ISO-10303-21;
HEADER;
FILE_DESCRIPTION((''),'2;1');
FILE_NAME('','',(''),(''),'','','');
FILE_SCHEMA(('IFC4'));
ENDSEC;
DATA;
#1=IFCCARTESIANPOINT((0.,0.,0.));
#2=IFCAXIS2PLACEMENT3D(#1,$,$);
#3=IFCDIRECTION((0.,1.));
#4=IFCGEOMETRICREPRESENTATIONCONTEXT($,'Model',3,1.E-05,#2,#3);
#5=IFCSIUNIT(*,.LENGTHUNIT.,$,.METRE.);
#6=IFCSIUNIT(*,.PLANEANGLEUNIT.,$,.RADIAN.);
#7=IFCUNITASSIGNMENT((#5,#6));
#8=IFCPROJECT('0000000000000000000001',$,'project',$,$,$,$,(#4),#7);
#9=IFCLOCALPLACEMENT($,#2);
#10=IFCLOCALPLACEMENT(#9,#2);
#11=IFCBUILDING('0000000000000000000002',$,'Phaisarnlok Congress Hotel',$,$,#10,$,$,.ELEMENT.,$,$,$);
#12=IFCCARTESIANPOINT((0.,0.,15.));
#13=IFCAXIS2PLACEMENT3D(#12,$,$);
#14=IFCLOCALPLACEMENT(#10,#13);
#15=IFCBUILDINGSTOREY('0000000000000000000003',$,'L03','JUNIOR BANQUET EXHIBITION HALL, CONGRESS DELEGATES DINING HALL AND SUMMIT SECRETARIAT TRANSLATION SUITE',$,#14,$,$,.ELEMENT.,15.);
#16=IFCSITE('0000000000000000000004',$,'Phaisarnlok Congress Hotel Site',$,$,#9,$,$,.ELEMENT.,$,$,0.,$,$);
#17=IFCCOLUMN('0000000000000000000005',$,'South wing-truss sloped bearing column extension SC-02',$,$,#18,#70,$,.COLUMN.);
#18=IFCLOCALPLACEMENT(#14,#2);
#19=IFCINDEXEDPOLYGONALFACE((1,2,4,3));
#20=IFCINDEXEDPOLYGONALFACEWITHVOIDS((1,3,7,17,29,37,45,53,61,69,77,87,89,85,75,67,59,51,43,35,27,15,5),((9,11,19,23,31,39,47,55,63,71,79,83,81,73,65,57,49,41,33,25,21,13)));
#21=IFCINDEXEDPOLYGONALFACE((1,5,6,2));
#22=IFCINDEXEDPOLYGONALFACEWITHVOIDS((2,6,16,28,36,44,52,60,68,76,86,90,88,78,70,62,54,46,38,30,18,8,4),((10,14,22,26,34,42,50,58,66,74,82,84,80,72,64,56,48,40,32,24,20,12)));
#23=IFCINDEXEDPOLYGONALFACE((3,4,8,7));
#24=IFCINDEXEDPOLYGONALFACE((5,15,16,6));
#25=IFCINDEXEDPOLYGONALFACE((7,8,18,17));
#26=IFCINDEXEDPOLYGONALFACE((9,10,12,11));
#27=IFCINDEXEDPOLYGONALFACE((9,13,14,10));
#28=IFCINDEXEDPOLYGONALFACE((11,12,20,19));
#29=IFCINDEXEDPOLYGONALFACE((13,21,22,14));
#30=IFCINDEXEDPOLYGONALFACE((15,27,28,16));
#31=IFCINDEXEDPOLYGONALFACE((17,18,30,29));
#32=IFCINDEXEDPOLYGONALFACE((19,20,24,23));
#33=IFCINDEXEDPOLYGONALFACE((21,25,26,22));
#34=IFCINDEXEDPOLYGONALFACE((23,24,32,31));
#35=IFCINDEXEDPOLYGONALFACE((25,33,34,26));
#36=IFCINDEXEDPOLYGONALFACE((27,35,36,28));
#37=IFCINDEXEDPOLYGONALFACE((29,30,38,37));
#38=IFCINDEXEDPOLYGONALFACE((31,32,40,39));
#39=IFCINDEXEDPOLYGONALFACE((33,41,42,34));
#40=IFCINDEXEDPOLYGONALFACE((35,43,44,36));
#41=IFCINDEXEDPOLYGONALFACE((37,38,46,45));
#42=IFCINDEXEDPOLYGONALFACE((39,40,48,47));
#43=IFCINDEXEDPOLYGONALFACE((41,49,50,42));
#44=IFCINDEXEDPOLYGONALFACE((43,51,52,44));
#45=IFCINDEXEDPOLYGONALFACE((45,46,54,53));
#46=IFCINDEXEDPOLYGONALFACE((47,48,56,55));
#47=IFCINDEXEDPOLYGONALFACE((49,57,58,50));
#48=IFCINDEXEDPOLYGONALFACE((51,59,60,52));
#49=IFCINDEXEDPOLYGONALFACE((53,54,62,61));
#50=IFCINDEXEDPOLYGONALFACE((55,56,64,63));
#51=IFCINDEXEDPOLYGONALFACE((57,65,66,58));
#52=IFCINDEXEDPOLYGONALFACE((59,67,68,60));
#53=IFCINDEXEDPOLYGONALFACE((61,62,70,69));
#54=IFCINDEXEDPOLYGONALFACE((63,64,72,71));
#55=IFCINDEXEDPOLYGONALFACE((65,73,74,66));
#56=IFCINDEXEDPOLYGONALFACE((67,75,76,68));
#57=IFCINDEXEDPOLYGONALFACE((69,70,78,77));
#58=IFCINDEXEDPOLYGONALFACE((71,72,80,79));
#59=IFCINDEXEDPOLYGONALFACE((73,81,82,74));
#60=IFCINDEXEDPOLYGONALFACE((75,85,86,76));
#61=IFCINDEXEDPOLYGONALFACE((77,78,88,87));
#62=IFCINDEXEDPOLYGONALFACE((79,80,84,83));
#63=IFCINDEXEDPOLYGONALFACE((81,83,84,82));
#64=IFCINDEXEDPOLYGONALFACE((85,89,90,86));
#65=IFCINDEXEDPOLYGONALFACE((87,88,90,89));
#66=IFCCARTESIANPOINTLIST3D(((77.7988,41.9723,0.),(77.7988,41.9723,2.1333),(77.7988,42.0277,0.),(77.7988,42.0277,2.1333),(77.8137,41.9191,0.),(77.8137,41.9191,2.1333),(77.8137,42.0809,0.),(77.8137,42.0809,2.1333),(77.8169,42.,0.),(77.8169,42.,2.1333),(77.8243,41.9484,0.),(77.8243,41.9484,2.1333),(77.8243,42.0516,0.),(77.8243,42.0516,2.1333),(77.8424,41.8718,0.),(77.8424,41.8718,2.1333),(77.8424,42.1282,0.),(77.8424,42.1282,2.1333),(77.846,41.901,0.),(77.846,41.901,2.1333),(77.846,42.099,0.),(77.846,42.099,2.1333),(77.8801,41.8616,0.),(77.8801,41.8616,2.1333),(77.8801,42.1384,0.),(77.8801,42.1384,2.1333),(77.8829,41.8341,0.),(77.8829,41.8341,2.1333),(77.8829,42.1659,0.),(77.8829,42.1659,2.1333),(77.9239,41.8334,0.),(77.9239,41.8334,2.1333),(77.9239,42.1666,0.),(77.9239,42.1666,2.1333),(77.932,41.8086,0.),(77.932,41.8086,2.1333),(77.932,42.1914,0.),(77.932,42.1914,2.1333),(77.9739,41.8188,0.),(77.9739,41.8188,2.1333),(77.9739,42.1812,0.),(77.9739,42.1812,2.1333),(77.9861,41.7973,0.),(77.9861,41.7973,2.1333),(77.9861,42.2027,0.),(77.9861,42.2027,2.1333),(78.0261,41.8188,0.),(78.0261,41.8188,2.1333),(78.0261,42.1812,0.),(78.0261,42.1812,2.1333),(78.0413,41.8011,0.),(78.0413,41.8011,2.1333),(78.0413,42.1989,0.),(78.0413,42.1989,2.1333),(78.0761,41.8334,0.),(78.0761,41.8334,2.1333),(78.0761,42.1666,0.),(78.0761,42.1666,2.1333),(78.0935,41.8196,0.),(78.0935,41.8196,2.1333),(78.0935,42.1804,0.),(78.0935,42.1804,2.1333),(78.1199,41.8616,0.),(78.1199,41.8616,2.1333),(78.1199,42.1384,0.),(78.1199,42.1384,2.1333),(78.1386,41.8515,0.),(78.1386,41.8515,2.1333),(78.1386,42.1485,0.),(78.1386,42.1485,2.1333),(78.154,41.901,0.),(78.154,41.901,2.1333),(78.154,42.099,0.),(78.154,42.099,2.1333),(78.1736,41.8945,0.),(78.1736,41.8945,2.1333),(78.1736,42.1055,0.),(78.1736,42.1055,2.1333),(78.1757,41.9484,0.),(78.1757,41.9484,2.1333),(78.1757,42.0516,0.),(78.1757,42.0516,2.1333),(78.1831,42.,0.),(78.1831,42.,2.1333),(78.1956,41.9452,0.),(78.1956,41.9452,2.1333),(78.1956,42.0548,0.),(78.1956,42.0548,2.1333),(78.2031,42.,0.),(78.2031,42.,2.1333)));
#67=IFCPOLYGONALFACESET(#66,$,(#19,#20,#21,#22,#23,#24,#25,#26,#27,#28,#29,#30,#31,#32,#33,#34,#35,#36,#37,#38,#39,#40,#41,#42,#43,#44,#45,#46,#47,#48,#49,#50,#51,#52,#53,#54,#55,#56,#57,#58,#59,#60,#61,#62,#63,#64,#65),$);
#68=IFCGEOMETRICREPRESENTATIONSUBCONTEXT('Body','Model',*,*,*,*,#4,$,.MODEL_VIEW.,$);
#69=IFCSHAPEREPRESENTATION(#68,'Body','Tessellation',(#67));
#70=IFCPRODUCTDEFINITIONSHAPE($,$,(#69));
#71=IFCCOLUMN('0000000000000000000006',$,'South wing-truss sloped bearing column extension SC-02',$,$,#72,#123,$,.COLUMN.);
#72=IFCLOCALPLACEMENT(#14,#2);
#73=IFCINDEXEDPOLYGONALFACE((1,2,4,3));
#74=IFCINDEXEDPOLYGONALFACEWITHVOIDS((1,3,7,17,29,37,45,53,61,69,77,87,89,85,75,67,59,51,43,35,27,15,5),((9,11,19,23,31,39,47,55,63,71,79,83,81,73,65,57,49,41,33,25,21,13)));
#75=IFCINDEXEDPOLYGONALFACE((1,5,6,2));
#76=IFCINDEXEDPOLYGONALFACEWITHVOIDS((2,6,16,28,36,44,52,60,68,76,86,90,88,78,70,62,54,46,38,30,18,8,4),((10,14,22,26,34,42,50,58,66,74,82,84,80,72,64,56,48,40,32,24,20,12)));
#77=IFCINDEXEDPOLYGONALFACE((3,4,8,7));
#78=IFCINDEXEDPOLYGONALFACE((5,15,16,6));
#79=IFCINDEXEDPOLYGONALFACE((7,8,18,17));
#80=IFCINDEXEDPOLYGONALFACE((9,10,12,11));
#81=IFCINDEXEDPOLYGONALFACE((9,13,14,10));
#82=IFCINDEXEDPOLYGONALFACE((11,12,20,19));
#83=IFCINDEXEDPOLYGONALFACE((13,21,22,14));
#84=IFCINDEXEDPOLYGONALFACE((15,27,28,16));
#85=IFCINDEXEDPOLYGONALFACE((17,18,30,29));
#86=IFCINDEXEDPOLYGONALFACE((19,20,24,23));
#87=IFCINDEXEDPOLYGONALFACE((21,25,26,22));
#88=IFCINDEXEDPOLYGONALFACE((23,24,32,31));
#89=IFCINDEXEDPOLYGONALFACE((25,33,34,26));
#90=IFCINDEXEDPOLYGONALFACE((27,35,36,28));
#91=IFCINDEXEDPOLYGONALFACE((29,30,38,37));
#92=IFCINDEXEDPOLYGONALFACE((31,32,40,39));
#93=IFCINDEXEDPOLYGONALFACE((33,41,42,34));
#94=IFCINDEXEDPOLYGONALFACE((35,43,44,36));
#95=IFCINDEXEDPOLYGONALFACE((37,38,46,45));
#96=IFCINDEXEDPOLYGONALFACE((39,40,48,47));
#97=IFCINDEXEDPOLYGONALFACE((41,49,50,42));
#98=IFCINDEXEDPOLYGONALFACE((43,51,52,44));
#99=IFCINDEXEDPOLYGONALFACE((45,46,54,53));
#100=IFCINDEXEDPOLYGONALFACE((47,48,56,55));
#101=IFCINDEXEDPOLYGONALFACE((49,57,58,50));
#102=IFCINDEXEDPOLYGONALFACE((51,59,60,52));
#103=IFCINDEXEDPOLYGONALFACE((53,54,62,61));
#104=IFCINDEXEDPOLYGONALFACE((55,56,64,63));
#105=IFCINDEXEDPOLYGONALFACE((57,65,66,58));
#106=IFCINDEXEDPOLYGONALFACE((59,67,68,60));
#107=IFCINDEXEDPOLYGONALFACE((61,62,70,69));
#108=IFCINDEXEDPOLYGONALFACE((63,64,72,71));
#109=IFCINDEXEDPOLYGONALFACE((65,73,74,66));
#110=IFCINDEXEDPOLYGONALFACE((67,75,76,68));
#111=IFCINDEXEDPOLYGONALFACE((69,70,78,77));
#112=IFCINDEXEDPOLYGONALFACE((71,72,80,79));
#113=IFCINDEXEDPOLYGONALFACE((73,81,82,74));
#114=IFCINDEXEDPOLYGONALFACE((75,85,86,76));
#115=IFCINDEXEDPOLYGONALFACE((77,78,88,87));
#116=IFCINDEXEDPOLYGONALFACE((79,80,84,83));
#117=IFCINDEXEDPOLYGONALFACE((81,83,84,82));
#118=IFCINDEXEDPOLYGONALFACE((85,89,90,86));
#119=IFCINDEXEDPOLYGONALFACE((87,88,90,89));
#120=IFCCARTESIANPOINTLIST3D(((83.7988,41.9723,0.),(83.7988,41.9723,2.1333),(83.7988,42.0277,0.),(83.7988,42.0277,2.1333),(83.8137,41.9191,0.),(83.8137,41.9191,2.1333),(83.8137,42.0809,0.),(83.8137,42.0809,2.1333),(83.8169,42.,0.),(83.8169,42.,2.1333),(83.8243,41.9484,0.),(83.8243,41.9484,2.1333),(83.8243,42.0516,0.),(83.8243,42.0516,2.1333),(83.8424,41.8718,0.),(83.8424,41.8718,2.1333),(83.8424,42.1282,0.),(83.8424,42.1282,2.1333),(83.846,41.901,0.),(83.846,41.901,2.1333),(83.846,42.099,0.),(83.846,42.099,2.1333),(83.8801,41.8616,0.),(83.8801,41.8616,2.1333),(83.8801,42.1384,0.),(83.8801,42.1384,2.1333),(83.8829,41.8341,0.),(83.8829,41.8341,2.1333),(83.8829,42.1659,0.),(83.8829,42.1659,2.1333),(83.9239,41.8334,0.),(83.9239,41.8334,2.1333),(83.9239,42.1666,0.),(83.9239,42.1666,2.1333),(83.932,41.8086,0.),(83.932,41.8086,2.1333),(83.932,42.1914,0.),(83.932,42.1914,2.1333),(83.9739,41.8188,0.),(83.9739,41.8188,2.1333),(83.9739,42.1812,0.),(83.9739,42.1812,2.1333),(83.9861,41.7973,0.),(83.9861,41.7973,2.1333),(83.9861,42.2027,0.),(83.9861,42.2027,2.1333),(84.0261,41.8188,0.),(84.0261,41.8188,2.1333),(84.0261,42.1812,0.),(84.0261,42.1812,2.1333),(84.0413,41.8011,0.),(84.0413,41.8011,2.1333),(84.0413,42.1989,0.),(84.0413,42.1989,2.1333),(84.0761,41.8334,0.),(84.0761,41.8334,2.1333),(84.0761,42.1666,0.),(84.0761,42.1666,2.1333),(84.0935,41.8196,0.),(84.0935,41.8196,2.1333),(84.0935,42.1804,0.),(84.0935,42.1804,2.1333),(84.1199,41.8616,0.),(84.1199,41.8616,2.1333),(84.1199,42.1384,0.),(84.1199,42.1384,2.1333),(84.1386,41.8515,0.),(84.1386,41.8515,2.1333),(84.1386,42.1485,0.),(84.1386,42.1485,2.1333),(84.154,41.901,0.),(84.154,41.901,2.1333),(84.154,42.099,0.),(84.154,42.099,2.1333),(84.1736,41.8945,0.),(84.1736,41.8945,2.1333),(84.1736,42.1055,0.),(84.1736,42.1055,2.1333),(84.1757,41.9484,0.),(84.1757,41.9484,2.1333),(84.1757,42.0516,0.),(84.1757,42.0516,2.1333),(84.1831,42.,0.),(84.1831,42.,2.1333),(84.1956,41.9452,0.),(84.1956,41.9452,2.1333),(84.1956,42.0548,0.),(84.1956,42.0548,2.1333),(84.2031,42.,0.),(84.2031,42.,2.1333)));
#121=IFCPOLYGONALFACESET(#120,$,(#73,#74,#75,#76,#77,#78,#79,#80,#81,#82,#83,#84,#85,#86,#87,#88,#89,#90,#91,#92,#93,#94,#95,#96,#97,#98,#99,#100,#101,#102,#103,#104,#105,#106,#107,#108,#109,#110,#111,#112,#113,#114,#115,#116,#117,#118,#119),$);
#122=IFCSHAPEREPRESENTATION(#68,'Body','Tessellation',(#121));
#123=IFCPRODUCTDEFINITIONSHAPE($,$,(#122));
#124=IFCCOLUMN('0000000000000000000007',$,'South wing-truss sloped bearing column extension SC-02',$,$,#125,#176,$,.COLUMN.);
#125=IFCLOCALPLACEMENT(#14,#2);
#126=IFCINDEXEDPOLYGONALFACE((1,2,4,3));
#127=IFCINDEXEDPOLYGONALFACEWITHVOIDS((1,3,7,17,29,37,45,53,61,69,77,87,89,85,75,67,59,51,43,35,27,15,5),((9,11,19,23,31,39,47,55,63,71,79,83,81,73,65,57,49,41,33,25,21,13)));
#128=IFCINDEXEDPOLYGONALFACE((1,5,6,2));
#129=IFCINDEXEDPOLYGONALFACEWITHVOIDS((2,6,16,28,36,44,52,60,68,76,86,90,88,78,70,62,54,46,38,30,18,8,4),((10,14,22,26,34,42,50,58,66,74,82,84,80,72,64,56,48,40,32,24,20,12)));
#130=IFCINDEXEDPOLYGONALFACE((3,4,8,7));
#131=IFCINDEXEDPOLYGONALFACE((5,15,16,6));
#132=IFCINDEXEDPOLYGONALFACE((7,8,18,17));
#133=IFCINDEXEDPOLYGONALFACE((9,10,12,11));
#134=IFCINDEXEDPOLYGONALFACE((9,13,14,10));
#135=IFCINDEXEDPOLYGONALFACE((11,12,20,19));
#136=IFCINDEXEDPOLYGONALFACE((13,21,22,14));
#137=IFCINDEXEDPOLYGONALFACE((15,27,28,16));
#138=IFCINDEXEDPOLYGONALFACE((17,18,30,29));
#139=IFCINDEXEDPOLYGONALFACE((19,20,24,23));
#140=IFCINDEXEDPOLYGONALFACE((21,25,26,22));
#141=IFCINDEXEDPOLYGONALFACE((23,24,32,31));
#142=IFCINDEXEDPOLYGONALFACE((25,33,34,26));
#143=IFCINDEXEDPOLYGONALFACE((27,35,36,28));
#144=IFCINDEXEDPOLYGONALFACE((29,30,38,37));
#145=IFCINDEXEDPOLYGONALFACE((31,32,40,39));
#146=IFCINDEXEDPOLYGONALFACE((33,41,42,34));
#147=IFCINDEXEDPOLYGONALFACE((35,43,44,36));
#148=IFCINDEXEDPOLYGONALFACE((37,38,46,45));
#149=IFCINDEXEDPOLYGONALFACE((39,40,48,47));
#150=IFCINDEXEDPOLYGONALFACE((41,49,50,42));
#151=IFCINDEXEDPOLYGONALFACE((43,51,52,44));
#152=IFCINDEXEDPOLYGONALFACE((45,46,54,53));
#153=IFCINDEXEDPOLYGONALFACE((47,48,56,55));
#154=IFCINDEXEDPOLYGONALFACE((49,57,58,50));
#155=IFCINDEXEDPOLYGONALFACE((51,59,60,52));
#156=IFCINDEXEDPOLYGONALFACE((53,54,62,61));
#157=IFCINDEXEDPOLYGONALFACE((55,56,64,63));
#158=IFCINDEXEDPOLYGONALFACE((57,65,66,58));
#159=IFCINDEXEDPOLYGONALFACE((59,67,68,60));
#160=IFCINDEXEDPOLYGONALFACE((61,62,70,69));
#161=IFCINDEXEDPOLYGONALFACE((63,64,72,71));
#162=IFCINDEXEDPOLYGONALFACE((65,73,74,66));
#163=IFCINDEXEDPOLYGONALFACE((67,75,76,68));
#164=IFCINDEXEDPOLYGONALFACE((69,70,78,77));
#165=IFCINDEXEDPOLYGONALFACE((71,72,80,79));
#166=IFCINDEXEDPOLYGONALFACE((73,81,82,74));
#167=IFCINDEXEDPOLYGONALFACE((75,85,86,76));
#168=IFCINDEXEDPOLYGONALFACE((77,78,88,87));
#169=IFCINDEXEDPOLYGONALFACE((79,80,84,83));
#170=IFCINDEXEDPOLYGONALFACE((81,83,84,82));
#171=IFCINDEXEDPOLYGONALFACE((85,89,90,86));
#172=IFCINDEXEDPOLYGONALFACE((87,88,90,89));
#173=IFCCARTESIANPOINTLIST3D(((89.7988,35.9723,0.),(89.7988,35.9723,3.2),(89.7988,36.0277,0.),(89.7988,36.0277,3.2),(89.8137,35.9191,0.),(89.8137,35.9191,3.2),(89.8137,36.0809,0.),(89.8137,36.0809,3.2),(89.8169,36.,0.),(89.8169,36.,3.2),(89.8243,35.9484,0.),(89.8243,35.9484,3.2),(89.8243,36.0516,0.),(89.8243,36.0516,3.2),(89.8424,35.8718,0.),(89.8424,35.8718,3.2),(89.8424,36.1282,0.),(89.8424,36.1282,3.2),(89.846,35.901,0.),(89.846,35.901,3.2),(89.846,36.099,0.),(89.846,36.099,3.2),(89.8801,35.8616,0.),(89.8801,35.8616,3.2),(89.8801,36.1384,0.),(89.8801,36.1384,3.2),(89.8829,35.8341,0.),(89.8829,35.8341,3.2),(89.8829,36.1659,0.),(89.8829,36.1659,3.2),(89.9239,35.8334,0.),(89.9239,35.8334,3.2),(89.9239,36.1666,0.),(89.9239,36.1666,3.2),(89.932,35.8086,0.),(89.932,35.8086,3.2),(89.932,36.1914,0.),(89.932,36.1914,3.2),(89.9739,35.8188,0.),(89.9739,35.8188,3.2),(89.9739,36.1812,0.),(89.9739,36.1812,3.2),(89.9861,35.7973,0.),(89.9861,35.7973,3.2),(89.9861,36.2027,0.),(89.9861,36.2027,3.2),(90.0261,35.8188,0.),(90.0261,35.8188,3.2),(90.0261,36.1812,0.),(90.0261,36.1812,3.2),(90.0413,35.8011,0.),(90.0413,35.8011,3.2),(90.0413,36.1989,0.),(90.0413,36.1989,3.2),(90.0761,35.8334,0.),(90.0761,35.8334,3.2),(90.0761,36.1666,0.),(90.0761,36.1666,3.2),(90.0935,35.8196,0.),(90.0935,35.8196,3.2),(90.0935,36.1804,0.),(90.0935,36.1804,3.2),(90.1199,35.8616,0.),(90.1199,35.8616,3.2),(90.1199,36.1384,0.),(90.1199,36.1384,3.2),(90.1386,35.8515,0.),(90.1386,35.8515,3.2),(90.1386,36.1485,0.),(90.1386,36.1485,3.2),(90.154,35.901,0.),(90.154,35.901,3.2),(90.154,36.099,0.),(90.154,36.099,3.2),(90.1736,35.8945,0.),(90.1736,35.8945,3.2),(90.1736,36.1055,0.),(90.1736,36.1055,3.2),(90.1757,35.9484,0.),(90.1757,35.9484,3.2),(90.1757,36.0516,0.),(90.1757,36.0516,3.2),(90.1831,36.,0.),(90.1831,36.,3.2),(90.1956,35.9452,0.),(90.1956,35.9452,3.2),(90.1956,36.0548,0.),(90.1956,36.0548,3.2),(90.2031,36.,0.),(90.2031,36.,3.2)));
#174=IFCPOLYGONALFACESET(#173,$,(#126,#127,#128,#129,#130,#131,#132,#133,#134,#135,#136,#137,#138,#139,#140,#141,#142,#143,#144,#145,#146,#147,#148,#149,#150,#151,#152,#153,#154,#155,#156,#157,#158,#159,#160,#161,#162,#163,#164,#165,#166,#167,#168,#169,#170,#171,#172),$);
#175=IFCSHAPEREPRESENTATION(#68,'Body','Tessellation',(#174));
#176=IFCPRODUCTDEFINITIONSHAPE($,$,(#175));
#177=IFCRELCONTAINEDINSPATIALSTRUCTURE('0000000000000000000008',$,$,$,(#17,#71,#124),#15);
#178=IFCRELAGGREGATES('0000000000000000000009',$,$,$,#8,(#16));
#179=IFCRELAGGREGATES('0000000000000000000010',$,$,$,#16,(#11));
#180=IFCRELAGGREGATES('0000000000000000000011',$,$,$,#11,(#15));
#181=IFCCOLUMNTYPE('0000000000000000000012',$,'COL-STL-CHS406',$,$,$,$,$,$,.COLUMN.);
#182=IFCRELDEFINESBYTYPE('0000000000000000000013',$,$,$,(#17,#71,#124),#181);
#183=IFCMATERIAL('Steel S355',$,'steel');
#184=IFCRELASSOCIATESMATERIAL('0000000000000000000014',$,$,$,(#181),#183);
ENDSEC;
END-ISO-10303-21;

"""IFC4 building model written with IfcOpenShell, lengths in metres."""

from ifc_helpers import new_model, si_unit, direction, frame, origin, origin_2d, place, context, subcontext, project, spatial, hollow_circle, extrude, material, material_profile, profile_set, type_object, element, save


model = new_model("IFC4")

# Units and contexts
model_context = context("Model", 3, precision=1e-05, world=origin(), true_north=direction((0.0, 1.0)))
body_context = subcontext(model_context, "Body", "Model", "MODEL_VIEW")
ifc_project = project(units=[si_unit("LENGTHUNIT", "METRE"), si_unit("PLANEANGLEUNIT", "RADIAN")], contexts=[model_context])

# Site, building, storey
site_placement = place(None, origin())
site = spatial("IfcSite", under=ifc_project, at=site_placement, Name="Phaisarnlok Congress Hotel Site", CompositionType="ELEMENT", RefElevation=0.0)
building_placement = place(site_placement, origin())
building = spatial("IfcBuilding", under=site, at=building_placement, Name="Phaisarnlok Congress Hotel", CompositionType="ELEMENT")
storey_placement = place(building_placement, frame((0.0, 0.0, 15.0)))
storey = spatial("IfcBuildingStorey", under=building, at=storey_placement, Name="L03", Description="JUNIOR BANQUET EXHIBITION HALL, CONGRESS DELEGATES DINING HALL AND SUMMIT SECRETARIAT TRANSLATION SUITE", CompositionType="ELEMENT", Elevation=15.0)

# Columns
ifc_material_1 = material(Name="Steel S355", Category="steel")
ifc_material_profile_1 = material_profile(ifc_material_1, hollow_circle(Radius=0.2031, WallThickness=0.02, at=origin_2d()), Name="CHS 406.4x20")
ifc_profile_set_1 = profile_set([ifc_material_profile_1], Name="Steel S355")
column_type = type_object("IfcColumnType", Name="COL-STL-CHS406", PredefinedType="COLUMN", material=ifc_profile_set_1)
for number, where, z_axis, x_axis, name in (
    (1, (78.0, 42.0, 0.0), (0.0, 0.0, 1.0), (1.0, 0.0, 0.0), "South wing-truss sloped bearing column extension SC-02"),
    (2, (84.0, 42.0, 0.0), (0.0, 0.0, 1.0), (1.0, 0.0, 0.0), "South wing-truss sloped bearing column extension SC-02"),
):
    element("IfcColumn", number, at=place(storey_placement, frame(where, z_axis=z_axis, x_axis=x_axis)), inside=storey, type_object=column_type, Name=name, PredefinedType="COLUMN", context=body_context, shape_type="SweptSolid", body=[
        extrude(hollow_circle(Radius=0.2031, WallThickness=0.02, at=origin_2d()), origin(), (0.0, 0.0, 1.0), 2.1333),
    ])
column_placement = place(storey_placement, frame((90.0, 36.0, 0.0), z_axis=(0.0, 0.0, 1.0), x_axis=(1.0, 0.0, 0.0)))
element("IfcColumn", 3, at=column_placement, inside=storey, type_object=column_type, Name="South wing-truss sloped bearing column extension SC-02", PredefinedType="COLUMN", context=body_context, shape_type="SweptSolid", body=[
    extrude(hollow_circle(Radius=0.2031, WallThickness=0.02, at=origin_2d()), origin(), (0.0, 0.0, 1.0), 3.2),
])

save(model, "model.ifc")
